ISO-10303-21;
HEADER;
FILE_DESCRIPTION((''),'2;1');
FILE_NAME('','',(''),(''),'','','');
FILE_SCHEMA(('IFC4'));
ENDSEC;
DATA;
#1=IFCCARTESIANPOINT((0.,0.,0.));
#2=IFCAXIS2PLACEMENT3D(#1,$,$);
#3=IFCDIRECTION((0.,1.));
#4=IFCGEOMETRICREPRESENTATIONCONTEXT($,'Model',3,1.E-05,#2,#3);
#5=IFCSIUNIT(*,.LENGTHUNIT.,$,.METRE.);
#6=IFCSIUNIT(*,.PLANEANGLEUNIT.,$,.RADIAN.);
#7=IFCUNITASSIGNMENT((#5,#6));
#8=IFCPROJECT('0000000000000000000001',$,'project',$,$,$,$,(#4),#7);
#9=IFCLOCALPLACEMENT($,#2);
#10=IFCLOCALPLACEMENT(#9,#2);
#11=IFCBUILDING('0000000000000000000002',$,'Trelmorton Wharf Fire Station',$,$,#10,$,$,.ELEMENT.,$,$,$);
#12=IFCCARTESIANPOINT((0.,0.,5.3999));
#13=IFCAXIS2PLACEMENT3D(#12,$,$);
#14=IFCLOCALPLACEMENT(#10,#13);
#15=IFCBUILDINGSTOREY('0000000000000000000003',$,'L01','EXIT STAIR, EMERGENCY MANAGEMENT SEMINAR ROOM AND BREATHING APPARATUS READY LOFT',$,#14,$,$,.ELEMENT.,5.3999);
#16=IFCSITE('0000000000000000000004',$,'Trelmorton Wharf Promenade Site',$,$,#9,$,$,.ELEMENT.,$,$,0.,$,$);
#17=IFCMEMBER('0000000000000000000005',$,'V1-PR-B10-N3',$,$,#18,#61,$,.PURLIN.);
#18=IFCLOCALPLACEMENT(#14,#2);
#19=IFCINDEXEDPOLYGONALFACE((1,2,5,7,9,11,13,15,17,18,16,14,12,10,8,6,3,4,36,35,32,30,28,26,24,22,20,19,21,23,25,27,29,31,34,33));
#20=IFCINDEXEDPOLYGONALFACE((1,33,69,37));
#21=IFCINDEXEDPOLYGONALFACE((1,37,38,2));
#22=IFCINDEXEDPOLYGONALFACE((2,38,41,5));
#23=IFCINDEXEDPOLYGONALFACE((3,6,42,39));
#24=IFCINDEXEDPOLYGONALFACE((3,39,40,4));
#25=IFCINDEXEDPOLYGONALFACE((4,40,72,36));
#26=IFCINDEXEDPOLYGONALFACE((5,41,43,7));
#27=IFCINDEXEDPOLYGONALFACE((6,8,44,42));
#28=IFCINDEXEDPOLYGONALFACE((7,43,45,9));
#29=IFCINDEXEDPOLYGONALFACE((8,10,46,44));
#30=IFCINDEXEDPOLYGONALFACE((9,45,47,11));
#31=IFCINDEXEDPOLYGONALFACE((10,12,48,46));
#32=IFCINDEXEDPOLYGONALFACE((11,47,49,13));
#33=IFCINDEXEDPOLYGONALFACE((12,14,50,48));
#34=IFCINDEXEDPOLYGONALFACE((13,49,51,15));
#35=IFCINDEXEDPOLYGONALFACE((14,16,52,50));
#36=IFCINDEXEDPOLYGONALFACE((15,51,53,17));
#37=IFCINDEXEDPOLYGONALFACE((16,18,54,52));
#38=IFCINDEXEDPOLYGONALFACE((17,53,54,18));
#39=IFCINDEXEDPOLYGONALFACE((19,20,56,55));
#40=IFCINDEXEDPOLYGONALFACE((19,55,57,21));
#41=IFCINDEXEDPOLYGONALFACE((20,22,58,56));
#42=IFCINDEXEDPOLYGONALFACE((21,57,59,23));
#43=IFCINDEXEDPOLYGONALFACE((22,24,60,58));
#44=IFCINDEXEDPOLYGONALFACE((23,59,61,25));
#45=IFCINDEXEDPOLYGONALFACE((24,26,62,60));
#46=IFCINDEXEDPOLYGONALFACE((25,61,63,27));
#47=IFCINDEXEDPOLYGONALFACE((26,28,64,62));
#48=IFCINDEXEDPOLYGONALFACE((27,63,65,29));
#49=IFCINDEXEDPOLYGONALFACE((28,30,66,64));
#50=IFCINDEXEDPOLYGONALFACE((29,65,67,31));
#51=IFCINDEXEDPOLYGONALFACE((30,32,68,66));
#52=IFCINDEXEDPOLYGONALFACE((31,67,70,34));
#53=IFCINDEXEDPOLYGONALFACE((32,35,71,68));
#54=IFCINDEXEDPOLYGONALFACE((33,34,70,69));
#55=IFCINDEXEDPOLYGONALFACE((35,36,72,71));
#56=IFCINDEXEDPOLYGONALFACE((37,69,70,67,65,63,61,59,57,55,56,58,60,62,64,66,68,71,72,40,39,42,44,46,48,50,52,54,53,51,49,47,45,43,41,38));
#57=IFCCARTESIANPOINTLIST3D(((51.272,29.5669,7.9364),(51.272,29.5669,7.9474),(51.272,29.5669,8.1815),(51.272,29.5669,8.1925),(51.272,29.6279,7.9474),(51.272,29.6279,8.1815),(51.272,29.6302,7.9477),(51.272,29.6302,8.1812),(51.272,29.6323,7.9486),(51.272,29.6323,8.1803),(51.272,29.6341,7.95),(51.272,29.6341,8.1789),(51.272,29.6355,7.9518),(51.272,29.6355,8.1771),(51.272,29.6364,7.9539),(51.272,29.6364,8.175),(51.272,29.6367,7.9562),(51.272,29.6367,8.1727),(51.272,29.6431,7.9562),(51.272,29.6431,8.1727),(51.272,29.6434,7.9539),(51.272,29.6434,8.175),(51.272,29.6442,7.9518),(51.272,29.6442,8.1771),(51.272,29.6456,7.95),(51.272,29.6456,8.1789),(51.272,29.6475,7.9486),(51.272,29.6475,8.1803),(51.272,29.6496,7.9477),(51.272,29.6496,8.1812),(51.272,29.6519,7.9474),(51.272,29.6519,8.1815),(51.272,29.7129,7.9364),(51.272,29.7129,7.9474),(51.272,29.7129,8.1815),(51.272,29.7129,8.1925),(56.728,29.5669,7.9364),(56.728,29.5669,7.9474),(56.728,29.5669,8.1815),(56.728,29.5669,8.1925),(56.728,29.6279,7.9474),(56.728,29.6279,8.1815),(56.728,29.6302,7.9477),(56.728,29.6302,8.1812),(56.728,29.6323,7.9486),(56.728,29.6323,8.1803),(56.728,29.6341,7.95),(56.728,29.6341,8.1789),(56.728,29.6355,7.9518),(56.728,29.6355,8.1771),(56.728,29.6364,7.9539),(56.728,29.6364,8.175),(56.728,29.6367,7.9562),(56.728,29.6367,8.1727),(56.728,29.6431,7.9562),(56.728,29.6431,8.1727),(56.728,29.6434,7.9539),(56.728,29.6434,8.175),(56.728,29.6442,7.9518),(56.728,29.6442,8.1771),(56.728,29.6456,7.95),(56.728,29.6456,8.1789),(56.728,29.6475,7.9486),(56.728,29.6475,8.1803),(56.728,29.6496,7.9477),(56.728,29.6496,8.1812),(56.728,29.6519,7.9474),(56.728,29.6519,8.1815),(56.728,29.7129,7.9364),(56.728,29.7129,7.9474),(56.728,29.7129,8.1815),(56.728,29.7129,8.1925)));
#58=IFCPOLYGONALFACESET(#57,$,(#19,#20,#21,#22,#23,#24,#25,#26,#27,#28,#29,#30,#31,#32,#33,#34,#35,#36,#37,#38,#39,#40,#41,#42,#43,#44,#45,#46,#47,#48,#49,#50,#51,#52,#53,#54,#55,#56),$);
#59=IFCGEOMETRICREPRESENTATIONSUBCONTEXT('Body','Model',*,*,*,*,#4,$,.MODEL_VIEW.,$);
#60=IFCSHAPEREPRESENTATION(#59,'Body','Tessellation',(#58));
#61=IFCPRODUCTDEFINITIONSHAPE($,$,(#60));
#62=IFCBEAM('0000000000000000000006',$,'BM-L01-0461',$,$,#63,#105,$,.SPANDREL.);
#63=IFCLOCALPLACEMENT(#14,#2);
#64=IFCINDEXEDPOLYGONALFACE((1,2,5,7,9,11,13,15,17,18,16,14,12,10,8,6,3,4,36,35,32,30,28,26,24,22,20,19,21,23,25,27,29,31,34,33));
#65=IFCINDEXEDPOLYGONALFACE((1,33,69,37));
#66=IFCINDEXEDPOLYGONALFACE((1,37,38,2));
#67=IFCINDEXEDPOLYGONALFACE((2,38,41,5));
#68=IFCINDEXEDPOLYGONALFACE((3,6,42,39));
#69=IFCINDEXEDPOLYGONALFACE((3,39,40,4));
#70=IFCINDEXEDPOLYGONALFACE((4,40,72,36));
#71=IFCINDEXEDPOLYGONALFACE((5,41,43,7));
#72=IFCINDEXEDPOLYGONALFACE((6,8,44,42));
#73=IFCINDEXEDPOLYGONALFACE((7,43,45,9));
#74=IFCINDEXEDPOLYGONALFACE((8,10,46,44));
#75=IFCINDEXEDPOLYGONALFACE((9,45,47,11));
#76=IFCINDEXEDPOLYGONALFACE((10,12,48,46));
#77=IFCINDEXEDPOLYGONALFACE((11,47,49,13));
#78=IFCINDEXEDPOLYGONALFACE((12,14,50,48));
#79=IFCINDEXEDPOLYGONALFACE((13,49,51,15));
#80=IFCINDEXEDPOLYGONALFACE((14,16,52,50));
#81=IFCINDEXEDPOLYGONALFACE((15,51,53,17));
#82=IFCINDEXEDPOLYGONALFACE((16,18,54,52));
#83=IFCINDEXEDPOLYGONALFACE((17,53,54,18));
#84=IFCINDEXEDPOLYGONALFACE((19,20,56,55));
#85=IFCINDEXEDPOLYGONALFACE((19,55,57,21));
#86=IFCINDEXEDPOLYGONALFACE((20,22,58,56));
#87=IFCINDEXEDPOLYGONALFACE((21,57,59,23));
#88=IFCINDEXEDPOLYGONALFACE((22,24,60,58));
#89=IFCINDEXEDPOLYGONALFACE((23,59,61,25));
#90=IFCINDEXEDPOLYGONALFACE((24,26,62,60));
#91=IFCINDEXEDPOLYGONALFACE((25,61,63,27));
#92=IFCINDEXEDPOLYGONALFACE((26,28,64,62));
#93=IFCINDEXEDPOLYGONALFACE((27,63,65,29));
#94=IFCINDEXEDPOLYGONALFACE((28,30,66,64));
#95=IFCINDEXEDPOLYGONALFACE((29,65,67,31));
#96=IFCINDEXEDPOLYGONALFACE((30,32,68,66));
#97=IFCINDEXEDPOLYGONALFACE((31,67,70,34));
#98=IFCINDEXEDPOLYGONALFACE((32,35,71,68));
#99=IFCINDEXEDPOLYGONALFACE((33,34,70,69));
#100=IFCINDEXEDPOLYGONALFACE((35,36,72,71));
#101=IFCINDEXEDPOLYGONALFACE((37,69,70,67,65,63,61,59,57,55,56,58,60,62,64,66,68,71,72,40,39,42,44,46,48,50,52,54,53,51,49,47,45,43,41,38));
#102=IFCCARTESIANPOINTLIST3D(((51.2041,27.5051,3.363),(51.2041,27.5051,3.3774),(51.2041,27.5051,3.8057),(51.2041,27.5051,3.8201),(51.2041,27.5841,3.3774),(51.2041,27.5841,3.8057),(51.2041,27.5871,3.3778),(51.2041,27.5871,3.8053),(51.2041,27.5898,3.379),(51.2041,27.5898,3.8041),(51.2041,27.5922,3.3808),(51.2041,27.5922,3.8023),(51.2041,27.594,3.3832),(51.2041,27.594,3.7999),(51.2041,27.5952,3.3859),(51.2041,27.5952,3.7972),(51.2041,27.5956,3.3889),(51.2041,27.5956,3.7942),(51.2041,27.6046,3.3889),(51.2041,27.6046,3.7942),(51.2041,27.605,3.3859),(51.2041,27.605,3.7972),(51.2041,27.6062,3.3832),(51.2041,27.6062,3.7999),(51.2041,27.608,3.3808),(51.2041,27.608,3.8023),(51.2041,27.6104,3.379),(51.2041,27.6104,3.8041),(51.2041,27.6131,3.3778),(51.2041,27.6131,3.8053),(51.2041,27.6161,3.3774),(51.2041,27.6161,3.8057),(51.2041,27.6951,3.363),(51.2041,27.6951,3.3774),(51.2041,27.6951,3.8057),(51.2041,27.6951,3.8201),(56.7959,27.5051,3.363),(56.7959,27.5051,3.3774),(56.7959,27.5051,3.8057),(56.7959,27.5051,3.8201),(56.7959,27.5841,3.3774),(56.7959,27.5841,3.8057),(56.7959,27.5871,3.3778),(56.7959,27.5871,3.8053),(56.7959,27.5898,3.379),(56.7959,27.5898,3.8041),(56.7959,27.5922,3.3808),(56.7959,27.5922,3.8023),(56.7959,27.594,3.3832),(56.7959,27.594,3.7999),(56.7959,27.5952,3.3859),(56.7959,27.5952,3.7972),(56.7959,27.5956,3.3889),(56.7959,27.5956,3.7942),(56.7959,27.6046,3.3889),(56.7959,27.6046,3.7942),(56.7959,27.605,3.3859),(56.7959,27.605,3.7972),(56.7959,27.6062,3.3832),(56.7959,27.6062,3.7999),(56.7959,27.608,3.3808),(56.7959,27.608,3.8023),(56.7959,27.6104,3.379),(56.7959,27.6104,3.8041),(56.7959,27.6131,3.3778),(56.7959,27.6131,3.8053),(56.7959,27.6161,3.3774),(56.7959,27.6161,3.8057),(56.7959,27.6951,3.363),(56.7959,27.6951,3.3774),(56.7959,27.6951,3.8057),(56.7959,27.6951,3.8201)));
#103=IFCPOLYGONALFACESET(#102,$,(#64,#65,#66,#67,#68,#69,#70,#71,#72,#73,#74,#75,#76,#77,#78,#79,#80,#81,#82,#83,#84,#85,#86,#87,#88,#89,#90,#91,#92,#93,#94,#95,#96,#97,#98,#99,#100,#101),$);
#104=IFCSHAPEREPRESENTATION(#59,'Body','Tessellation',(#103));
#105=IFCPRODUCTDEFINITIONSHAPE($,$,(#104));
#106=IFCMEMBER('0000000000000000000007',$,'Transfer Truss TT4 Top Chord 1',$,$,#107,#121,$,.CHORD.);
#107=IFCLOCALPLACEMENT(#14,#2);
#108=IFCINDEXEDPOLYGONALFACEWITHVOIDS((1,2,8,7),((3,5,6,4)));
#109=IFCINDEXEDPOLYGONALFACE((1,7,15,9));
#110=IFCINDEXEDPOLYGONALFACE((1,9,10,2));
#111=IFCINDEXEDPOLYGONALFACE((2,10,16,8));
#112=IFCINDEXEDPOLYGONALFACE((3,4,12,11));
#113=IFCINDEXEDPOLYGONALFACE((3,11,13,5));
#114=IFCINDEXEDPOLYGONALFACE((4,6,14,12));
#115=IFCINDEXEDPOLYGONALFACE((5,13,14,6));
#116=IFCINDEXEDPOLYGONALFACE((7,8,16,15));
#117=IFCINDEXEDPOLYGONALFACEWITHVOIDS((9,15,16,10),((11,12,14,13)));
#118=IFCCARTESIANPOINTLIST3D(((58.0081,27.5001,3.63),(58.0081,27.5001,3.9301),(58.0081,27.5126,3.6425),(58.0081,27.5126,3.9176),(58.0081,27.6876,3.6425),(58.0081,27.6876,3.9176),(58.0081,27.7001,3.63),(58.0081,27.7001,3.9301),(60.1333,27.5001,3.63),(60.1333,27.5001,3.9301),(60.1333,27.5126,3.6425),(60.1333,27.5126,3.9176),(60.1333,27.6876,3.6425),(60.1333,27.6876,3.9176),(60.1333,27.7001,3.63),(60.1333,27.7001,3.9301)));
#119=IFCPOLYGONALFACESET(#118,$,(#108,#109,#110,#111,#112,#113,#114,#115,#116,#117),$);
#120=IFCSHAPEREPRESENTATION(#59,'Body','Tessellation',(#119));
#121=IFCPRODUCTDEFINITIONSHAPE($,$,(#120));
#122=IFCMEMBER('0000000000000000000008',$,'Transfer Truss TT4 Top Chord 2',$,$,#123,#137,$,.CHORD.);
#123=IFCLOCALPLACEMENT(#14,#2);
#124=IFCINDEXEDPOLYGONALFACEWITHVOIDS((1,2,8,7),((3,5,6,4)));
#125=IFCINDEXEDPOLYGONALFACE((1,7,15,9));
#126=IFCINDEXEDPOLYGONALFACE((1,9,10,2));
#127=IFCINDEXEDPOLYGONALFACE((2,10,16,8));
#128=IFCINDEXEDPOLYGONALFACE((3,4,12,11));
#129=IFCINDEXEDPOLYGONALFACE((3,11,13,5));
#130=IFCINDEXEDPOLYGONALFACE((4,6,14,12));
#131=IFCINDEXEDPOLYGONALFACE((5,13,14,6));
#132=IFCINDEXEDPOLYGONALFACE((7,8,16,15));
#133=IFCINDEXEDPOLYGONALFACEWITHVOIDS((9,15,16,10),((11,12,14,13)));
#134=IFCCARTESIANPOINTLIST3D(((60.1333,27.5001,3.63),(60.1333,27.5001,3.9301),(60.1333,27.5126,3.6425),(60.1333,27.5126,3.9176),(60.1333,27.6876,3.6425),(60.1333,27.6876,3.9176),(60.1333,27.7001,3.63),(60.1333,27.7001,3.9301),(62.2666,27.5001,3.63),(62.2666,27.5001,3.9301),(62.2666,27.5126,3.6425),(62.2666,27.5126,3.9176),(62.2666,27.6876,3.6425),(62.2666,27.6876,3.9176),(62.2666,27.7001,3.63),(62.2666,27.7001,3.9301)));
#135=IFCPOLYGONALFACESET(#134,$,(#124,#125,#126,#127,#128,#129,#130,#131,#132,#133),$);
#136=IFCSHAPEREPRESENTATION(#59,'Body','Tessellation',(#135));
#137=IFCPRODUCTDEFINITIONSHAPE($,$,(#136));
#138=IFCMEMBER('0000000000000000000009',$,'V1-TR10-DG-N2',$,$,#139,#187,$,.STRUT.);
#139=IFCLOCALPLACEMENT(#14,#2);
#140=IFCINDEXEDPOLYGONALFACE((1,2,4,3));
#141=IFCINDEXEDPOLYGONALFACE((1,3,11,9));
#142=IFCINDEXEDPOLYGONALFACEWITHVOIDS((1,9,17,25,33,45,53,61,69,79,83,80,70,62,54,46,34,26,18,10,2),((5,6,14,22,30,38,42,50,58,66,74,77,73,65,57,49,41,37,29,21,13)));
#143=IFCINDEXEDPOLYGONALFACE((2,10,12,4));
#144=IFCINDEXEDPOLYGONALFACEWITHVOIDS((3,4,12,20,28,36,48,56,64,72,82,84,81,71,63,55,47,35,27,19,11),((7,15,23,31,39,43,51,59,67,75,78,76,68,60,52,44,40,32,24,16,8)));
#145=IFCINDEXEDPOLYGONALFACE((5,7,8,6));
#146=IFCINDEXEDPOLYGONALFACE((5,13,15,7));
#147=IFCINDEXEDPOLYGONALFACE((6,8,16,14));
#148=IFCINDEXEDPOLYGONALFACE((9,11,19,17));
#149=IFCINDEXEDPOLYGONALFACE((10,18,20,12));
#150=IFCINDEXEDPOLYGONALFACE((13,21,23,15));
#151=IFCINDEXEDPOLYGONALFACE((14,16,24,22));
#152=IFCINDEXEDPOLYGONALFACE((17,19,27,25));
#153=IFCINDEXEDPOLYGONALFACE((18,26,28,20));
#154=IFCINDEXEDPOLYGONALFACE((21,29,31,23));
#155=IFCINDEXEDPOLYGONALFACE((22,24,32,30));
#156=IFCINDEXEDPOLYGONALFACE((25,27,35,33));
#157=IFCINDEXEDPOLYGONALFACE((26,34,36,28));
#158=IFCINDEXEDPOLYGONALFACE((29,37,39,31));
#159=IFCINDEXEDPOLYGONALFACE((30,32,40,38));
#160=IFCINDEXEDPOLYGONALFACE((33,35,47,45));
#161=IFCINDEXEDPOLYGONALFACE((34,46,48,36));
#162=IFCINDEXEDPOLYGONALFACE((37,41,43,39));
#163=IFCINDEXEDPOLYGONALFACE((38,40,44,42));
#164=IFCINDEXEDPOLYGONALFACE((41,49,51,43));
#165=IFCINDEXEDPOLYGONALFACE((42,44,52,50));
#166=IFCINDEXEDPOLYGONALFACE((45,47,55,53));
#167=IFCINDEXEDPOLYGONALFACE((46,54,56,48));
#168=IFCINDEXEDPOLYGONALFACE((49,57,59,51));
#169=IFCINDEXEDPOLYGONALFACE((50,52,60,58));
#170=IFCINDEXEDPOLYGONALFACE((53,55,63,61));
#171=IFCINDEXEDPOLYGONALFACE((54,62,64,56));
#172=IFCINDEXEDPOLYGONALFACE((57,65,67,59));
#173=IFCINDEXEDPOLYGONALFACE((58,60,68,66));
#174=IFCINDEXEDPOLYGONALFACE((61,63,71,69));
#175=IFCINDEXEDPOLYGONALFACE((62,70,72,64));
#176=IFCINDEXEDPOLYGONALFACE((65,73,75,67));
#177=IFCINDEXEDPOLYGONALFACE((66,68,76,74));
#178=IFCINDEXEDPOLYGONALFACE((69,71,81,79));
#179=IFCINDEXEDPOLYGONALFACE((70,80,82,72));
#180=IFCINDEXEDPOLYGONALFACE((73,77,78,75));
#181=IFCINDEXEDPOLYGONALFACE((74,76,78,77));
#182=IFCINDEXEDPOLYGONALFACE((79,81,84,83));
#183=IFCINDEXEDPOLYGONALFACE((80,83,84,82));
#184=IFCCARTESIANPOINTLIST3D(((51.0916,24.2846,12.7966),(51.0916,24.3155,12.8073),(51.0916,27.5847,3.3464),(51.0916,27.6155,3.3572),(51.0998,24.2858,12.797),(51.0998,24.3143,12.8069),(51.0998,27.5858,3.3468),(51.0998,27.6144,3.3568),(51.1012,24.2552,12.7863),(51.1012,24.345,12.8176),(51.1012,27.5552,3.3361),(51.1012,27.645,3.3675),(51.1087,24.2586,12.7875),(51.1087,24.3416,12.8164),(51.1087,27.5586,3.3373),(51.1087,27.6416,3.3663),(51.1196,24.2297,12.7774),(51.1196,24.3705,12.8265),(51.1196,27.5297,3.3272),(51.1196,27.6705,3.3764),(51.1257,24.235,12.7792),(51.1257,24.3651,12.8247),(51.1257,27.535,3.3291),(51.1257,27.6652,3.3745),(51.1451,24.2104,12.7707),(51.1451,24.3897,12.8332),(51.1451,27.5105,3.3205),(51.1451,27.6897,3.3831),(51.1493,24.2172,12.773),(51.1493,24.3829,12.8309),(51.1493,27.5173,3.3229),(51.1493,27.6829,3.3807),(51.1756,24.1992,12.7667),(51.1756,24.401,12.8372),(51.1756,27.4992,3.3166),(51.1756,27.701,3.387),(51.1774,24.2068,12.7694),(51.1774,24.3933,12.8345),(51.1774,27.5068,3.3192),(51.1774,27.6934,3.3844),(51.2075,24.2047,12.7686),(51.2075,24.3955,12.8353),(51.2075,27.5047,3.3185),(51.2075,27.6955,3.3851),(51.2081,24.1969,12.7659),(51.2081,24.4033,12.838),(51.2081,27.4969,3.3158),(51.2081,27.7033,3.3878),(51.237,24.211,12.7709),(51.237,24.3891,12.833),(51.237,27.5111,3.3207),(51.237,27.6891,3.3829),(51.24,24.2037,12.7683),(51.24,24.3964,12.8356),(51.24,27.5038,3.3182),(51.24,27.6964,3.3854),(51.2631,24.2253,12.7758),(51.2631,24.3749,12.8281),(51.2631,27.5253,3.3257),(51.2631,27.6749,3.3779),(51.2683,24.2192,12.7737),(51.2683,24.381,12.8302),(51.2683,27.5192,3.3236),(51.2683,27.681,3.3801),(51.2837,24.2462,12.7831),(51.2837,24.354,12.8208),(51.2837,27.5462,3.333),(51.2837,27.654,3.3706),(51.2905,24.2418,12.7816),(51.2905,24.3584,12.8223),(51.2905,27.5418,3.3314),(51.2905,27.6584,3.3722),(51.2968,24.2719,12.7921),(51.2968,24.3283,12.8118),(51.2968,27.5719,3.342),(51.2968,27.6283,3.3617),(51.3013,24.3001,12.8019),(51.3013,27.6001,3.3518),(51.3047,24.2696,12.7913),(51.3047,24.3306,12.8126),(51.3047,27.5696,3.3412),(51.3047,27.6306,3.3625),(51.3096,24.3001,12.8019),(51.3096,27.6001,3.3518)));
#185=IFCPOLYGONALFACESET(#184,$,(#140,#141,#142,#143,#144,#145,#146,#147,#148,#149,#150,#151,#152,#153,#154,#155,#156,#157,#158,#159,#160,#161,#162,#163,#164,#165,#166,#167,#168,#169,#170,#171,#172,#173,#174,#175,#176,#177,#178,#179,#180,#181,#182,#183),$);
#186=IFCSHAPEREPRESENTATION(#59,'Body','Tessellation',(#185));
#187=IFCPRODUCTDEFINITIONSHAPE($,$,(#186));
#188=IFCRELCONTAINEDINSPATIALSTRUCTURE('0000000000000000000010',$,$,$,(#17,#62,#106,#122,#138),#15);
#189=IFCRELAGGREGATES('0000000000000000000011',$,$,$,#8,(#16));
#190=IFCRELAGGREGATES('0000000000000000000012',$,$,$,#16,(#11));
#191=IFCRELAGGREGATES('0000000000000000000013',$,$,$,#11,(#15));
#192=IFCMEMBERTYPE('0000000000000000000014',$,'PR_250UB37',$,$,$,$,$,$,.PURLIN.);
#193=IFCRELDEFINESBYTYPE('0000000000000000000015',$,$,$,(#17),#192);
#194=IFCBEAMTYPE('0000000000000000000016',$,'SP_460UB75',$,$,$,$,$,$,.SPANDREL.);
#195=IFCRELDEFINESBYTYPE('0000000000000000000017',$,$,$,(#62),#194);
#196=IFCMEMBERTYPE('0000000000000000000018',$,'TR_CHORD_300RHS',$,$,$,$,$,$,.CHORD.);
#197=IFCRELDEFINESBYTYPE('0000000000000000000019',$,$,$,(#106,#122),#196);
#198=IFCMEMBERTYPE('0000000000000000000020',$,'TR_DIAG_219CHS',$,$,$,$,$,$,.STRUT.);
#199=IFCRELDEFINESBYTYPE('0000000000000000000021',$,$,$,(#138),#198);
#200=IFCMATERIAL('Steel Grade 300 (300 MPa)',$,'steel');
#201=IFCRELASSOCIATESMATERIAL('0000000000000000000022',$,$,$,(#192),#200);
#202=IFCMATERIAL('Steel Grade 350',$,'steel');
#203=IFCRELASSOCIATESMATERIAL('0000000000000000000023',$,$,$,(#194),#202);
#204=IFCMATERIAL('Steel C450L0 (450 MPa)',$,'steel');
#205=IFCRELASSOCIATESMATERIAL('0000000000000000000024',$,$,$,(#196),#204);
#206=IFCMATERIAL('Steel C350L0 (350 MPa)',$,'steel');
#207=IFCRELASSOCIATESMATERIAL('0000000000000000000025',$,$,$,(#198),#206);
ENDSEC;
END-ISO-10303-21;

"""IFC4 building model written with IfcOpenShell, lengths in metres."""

from ifc_helpers import new_model, si_unit, direction, frame, origin, origin_2d, place, context, subcontext, project, spatial, hollow_rectangle, hollow_circle, i_section, extrude, material, material_profile, profile_set, type_object, element, save


model = new_model("IFC4")

# Units and contexts
model_context = context("Model", 3, precision=1e-05, world=origin(), true_north=direction((0.0, 1.0)))
body_context = subcontext(model_context, "Body", "Model", "MODEL_VIEW")
ifc_project = project(units=[si_unit("LENGTHUNIT", "METRE"), si_unit("PLANEANGLEUNIT", "RADIAN")], contexts=[model_context])

# Site, building, storey
site_placement = place(None, origin())
site = spatial("IfcSite", under=ifc_project, at=site_placement, Name="Trelmorton Wharf Promenade Site", CompositionType="ELEMENT", RefElevation=0.0)
building_placement = place(site_placement, origin())
building = spatial("IfcBuilding", under=site, at=building_placement, Name="Trelmorton Wharf Fire Station", CompositionType="ELEMENT")
storey_placement = place(building_placement, frame((0.0, 0.0, 5.3999)))
storey = spatial("IfcBuildingStorey", under=building, at=storey_placement, Name="L01", Description="EXIT STAIR, EMERGENCY MANAGEMENT SEMINAR ROOM AND BREATHING APPARATUS READY LOFT", CompositionType="ELEMENT", Elevation=5.3999)

# Shared definitions
ifc_material_1 = material(Name="Steel Grade 350", Category="steel")

# Member
ifc_material_2 = material(Name="Steel Grade 300 (300 MPa)", Category="steel")
ifc_material_profile_1 = material_profile(ifc_material_2, i_section(OverallWidth=0.146, OverallDepth=0.2561, WebThickness=0.0063, FlangeThickness=0.011, FilletRadius=0.0088, at=origin_2d()), Name="250UB37.3")
ifc_profile_set_1 = profile_set([ifc_material_profile_1], Name="Steel Grade 300 (300 MPa)")
member_type_1 = type_object("IfcMemberType", Name="PR_250UB37", PredefinedType="PURLIN", material=ifc_profile_set_1)
for number, where, z_axis, x_axis, name in (
    (1, (51.272, 29.6399, 8.0645), (1.0, 0.0, 0.0), (0.0, 1.0, 0.0), "V1-PR-B10-N3"),
):
    element("IfcMember", number, at=place(storey_placement, frame(where, z_axis=z_axis, x_axis=x_axis)), inside=storey, type_object=member_type_1, Name=name, PredefinedType="PURLIN", context=body_context, shape_type="SweptSolid", body=[
        extrude(i_section(OverallWidth=0.146, OverallDepth=0.2561, WebThickness=0.0063, FlangeThickness=0.011, FilletRadius=0.0088, at=origin_2d()), origin(), (0.0, 0.0, 1.0), 5.4561),
    ])

# Beam
ifc_material_profile_2 = material_profile(ifc_material_1, i_section(OverallWidth=0.1899, OverallDepth=0.457, WebThickness=0.009, FlangeThickness=0.0144, FilletRadius=0.0115, at=origin_2d()), Name="460UB74.6")
ifc_profile_set_2 = profile_set([ifc_material_profile_2], Name="Steel Grade 350")
beam_type_1 = type_object("IfcBeamType", Name="SP_460UB75", PredefinedType="SPANDREL", material=ifc_profile_set_2)
beam_1_placement = place(storey_placement, frame((51.2041, 27.6001, 3.5916), z_axis=(1.0, 0.0, 0.0), x_axis=(0.0, 1.0, 0.0)))
element("IfcBeam", 2, at=beam_1_placement, inside=storey, type_object=beam_type_1, Name="BM-L01-0461", PredefinedType="SPANDREL", context=body_context, shape_type="SweptSolid", body=[
    extrude(i_section(OverallWidth=0.1899, OverallDepth=0.457, WebThickness=0.009, FlangeThickness=0.0144, FilletRadius=0.0115, at=origin_2d()), origin(), (0.0, 0.0, 1.0), 5.5918),
])

# Members
ifc_material_3 = material(Name="Steel C450L0 (450 MPa)", Category="steel")
ifc_material_profile_3 = material_profile(ifc_material_3, hollow_rectangle(XDim=0.2, YDim=0.3, WallThickness=0.0125, at=origin_2d()), Name="300x200x12.5RHS")
ifc_profile_set_3 = profile_set([ifc_material_profile_3], Name="Steel C450L0 (450 MPa)")
member_type_2 = type_object("IfcMemberType", Name="TR_CHORD_300RHS", PredefinedType="CHORD", material=ifc_profile_set_3)
member_1_placement = place(storey_placement, frame((58.0081, 27.6001, 3.78), z_axis=(1.0, 0.0, 0.0), x_axis=(0.0, 1.0, 0.0)))
element("IfcMember", 3, at=member_1_placement, inside=storey, type_object=member_type_2, Name="Transfer Truss TT4 Top Chord 1", PredefinedType="CHORD", context=body_context, shape_type="SweptSolid", body=[
    extrude(hollow_rectangle(XDim=0.2, YDim=0.3, WallThickness=0.0125, at=origin_2d()), origin(), (0.0, 0.0, 1.0), 2.1252),
])
member_2_placement = place(storey_placement, frame((60.1333, 27.6001, 3.78), z_axis=(1.0, 0.0, 0.0), x_axis=(0.0, 1.0, 0.0)))
element("IfcMember", 4, at=member_2_placement, inside=storey, type_object=member_type_2, Name="Transfer Truss TT4 Top Chord 2", PredefinedType="CHORD", context=body_context, shape_type="SweptSolid", body=[
    extrude(hollow_rectangle(XDim=0.2, YDim=0.3, WallThickness=0.0125, at=origin_2d()), origin(), (0.0, 0.0, 1.0), 2.1333),
])
ifc_material_4 = material(Name="Steel C350L0 (350 MPa)", Category="steel")
ifc_material_profile_4 = material_profile(ifc_material_4, hollow_circle(Radius=0.1096, WallThickness=0.0083, at=origin_2d()), Name="219.1x8.2CHS")
ifc_profile_set_4 = profile_set([ifc_material_profile_4], Name="Steel C350L0 (350 MPa)")
member_type_3 = type_object("IfcMemberType", Name="TR_DIAG_219CHS", PredefinedType="STRUT", material=ifc_profile_set_4)
member_3_placement = place(storey_placement, frame((51.2, 27.6001, 3.3518), z_axis=(0.0, -0.329681, 0.944092), x_axis=(1.0, 0.0, 0.0)))
element("IfcMember", 5, at=member_3_placement, inside=storey, type_object=member_type_3, Name="V1-TR10-DG-N2", PredefinedType="STRUT", context=body_context, shape_type="SweptSolid", body=[
    extrude(hollow_circle(Radius=0.1096, WallThickness=0.0083, at=origin_2d()), origin(), (0.0, 0.0, 1.0), 10.0098),
])

save(model, "model.ifc")
